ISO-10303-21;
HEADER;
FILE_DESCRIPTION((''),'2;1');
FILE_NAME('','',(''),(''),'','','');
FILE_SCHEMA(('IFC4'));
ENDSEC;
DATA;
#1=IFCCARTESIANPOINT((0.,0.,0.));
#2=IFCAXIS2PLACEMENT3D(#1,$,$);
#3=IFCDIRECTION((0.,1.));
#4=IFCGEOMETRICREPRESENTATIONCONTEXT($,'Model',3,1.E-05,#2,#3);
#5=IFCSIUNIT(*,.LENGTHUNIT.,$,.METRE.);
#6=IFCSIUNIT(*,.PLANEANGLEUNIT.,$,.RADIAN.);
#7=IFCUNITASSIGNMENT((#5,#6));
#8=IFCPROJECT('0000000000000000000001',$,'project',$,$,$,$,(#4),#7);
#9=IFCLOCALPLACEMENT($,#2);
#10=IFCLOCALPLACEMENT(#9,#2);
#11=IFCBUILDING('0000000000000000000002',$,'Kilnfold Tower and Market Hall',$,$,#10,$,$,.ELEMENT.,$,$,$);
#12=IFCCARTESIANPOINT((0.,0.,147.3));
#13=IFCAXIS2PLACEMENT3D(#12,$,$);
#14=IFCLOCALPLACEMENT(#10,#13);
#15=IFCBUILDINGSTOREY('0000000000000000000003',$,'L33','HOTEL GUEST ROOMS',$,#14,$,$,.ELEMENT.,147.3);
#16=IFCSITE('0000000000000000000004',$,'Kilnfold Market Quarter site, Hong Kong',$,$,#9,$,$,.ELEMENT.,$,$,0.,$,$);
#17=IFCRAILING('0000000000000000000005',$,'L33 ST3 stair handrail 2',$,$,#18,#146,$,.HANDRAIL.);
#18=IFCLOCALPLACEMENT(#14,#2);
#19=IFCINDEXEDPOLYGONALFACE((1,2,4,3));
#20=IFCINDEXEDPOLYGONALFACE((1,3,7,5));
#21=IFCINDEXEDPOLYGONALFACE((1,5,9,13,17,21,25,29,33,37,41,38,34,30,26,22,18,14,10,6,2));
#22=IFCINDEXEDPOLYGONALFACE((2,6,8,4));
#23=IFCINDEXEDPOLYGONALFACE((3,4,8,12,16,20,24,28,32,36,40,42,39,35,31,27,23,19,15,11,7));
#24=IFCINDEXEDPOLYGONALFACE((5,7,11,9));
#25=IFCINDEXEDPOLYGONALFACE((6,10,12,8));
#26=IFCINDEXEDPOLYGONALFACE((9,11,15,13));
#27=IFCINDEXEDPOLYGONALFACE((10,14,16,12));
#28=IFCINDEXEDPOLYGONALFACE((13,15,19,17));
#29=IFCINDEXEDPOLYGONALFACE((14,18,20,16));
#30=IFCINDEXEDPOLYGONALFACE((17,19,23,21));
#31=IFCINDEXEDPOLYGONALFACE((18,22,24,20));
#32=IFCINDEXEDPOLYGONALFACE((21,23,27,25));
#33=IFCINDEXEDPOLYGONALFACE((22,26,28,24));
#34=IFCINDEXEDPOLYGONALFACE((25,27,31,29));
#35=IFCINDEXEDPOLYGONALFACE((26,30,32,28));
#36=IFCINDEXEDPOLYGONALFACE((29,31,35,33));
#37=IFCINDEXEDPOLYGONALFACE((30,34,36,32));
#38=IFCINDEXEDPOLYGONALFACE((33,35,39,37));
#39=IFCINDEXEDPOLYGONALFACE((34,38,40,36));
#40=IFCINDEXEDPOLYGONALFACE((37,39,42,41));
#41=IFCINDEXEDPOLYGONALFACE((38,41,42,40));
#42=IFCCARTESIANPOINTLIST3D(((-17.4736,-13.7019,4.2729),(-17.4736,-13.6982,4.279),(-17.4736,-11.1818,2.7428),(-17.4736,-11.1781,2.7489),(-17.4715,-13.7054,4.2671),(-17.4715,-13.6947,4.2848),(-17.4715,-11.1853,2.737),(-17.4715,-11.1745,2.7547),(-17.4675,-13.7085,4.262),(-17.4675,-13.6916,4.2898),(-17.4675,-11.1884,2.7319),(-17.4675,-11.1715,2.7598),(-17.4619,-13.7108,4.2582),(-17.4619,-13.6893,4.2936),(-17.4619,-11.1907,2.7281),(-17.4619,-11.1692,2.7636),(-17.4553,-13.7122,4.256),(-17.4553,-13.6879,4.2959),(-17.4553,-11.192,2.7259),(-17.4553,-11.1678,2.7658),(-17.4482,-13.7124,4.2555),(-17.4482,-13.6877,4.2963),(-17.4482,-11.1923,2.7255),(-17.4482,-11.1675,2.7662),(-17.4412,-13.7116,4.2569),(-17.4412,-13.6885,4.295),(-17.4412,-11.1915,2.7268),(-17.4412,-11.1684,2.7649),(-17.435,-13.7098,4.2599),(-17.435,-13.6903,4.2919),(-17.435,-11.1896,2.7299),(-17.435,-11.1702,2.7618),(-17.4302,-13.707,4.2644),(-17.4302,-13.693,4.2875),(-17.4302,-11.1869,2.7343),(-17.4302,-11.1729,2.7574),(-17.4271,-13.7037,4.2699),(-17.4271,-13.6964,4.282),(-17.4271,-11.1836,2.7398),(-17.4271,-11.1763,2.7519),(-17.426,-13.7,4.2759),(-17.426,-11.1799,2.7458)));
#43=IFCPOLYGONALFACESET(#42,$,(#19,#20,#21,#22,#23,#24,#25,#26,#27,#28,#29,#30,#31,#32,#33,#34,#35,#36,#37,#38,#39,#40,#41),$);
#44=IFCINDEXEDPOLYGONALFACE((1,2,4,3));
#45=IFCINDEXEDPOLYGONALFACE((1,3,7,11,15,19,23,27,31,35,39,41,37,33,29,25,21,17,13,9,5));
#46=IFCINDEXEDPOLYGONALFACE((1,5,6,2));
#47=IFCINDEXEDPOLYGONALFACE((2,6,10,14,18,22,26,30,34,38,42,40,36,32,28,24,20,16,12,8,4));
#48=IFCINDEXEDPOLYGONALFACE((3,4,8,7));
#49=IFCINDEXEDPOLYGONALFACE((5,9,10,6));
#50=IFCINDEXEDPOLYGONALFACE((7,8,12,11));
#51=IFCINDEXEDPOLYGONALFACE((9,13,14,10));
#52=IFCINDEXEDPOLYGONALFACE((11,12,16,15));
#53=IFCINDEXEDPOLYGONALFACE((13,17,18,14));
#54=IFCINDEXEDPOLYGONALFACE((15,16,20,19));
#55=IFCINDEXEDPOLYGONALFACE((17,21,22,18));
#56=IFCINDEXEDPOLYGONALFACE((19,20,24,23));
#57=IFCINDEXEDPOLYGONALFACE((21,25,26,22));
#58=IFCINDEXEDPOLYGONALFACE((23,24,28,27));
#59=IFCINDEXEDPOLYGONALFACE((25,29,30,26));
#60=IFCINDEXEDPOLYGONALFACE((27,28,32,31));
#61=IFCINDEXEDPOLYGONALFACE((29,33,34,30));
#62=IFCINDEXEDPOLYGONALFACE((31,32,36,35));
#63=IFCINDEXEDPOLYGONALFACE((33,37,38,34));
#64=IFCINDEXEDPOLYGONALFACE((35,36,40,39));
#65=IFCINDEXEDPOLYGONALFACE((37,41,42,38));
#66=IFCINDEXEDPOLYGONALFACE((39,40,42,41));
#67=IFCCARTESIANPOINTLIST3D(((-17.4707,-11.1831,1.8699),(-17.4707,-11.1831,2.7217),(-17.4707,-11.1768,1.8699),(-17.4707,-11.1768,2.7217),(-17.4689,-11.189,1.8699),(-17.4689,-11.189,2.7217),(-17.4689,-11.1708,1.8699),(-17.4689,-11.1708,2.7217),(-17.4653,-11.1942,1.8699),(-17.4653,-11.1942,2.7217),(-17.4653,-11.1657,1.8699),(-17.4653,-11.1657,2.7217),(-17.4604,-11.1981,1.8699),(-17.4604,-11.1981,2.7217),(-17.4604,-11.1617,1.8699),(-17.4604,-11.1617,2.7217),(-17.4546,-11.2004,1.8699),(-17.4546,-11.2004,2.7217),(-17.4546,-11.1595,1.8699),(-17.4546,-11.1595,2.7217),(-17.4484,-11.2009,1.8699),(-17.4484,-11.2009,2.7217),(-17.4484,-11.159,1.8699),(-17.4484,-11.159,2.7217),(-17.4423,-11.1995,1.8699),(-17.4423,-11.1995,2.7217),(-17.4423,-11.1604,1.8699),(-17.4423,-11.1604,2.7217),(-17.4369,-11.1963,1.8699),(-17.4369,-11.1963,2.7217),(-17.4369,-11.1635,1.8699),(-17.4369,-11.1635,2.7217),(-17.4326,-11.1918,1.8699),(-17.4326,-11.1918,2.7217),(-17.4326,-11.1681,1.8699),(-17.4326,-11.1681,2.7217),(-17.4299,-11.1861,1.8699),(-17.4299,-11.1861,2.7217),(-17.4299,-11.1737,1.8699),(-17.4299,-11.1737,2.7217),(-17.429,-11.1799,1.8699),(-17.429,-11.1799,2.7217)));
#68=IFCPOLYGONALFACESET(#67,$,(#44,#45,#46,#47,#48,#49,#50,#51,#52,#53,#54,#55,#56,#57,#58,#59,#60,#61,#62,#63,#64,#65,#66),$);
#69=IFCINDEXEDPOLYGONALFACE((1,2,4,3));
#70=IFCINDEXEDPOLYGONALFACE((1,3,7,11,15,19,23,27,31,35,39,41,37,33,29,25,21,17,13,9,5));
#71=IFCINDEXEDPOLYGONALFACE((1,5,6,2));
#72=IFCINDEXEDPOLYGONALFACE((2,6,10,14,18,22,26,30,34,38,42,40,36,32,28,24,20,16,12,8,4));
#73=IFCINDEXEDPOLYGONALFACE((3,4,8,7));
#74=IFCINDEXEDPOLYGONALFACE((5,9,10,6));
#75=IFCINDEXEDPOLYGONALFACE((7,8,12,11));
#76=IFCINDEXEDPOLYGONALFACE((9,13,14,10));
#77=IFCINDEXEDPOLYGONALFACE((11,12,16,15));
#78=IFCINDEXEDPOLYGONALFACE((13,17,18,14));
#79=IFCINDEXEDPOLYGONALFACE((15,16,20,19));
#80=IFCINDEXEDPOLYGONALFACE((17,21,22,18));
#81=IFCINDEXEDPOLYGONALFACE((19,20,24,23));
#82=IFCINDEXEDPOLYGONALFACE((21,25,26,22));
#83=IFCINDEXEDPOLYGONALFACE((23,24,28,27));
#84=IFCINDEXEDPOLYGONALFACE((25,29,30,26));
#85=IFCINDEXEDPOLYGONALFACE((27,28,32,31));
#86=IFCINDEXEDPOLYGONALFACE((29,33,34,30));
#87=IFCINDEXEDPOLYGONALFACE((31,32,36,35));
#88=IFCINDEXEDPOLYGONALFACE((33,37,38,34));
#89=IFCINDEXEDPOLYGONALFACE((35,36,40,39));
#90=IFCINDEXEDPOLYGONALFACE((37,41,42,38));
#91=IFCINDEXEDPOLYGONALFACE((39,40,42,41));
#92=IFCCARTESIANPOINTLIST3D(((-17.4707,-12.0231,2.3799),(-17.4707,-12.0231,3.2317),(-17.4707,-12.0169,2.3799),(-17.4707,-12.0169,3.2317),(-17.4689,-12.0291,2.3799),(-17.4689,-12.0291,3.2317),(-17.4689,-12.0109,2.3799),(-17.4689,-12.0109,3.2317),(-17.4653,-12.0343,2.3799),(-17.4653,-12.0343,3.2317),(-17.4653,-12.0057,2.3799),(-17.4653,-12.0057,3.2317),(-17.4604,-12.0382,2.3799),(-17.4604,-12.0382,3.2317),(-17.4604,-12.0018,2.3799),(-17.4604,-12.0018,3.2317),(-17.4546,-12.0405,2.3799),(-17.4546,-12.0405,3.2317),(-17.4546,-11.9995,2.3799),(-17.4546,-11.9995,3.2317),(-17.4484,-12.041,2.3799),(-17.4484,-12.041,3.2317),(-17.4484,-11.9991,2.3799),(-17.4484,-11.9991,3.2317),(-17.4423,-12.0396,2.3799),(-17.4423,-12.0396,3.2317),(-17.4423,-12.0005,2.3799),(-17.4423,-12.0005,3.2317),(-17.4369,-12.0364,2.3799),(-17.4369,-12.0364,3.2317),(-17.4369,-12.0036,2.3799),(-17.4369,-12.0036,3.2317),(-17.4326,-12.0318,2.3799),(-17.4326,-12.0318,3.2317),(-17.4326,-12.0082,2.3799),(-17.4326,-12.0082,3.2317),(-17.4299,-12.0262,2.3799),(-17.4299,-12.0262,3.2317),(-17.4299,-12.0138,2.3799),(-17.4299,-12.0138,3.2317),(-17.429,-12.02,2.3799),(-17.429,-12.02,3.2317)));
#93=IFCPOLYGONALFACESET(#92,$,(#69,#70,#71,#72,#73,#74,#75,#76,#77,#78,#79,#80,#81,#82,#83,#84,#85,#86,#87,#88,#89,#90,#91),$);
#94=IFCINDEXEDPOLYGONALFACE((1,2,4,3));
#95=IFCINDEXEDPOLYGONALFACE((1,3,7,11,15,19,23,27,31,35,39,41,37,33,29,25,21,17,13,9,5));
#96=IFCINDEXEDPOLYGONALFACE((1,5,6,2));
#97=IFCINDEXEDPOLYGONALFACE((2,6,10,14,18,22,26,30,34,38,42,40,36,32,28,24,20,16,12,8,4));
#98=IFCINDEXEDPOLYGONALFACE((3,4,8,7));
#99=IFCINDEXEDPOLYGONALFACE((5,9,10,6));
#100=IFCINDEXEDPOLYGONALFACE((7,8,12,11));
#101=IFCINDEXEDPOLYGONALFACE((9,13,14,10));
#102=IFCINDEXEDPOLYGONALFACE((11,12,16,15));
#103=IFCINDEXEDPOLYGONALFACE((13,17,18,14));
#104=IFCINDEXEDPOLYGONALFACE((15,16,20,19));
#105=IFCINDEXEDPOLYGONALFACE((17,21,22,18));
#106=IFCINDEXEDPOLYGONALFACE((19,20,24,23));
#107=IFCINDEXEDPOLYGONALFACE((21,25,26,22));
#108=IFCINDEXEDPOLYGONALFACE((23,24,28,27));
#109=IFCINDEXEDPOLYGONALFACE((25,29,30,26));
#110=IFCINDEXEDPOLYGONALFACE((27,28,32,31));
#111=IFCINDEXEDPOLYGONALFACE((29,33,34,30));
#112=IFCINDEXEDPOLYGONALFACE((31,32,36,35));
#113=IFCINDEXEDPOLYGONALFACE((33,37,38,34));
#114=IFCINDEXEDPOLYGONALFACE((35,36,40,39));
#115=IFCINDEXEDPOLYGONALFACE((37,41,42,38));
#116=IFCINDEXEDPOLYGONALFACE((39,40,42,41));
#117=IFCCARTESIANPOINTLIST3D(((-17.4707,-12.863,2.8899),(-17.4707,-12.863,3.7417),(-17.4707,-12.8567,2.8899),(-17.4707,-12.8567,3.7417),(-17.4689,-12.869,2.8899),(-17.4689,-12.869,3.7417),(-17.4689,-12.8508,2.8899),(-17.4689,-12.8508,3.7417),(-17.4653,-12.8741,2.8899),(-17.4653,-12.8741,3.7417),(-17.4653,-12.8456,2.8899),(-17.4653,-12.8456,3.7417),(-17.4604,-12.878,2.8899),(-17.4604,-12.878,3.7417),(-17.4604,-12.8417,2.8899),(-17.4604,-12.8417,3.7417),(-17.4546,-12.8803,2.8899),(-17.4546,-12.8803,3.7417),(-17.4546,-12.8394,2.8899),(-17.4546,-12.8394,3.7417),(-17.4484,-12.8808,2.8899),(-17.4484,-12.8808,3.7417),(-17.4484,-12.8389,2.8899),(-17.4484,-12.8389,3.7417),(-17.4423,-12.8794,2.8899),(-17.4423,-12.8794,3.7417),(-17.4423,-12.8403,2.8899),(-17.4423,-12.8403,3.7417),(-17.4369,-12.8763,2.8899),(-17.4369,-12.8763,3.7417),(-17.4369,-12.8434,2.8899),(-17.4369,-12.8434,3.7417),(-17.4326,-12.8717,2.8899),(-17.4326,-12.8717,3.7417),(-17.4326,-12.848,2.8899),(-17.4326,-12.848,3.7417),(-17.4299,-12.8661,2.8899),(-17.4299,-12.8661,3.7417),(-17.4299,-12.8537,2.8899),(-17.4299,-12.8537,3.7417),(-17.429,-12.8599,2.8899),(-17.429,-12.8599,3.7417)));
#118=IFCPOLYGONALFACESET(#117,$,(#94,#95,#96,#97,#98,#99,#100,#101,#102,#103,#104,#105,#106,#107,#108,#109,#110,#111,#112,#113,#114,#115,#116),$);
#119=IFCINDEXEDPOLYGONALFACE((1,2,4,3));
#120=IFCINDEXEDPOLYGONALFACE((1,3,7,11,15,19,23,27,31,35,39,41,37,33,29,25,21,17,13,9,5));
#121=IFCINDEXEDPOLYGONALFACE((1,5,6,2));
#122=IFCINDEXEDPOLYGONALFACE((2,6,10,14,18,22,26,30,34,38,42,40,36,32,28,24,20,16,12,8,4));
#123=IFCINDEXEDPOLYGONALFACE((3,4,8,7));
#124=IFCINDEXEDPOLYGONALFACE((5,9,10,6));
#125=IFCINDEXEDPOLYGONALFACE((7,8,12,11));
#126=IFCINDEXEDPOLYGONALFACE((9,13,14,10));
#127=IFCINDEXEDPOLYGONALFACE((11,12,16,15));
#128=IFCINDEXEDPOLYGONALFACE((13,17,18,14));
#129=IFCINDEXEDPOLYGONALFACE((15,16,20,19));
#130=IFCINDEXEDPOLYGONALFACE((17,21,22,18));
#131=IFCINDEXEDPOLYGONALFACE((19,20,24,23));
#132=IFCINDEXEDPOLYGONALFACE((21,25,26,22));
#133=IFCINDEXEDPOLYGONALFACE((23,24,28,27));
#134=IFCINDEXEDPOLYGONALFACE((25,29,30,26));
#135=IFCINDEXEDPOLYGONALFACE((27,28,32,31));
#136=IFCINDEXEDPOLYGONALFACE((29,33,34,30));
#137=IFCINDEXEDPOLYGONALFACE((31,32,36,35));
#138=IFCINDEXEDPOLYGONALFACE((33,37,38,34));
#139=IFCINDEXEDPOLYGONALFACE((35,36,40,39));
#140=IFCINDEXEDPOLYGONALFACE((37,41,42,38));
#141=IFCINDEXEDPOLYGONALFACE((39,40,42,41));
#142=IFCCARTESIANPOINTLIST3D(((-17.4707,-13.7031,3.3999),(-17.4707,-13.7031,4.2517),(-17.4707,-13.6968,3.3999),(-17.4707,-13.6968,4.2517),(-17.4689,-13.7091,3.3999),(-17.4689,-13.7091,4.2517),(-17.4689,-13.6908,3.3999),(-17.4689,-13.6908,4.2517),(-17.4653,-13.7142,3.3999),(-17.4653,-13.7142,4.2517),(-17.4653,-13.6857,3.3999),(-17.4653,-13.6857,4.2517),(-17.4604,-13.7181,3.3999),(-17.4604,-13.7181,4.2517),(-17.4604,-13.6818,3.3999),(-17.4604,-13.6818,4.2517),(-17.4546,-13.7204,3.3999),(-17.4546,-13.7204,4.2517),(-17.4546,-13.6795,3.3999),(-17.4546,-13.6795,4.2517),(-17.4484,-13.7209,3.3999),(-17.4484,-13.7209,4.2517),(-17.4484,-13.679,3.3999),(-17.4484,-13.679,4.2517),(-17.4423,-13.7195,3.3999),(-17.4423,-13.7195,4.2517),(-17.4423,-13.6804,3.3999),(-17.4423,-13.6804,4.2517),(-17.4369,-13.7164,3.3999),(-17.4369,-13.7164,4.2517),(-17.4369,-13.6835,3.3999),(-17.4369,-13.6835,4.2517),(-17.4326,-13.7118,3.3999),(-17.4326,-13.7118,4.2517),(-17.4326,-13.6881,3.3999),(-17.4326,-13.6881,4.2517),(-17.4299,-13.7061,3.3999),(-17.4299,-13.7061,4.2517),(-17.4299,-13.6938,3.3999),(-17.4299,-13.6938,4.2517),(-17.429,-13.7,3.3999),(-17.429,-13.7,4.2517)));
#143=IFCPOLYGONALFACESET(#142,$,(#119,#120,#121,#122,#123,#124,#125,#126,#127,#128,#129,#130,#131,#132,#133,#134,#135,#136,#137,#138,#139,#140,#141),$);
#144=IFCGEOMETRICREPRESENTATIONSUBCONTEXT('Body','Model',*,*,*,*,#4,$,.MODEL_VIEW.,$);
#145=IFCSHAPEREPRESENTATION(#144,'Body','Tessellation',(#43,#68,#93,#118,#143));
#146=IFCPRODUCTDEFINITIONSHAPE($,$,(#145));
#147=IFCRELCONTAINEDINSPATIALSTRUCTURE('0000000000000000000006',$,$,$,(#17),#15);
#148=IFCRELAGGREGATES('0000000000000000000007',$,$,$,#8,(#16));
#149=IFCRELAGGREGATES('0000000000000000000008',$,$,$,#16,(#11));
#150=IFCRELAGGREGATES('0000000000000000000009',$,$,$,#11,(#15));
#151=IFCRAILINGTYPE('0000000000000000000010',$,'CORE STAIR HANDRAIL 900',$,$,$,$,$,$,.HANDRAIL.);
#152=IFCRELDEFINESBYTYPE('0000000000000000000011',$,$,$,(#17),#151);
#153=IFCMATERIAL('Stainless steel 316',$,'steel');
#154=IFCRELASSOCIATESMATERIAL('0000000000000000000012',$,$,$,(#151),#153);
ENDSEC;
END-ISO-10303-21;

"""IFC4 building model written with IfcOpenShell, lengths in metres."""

from ifc_helpers import new_model, si_unit, direction, frame, origin, origin_2d, place, context, subcontext, project, spatial, circle, extrude, material, type_object, element, save


model = new_model("IFC4")

# Units and contexts
model_context = context("Model", 3, precision=1e-05, world=origin(), true_north=direction((0.0, 1.0)))
body_context = subcontext(model_context, "Body", "Model", "MODEL_VIEW")
ifc_project = project(units=[si_unit("LENGTHUNIT", "METRE"), si_unit("PLANEANGLEUNIT", "RADIAN")], contexts=[model_context])

# Site, building, storey
site_placement = place(None, origin())
site = spatial("IfcSite", under=ifc_project, at=site_placement, Name="Kilnfold Market Quarter site, Hong Kong", CompositionType="ELEMENT", RefElevation=0.0)
building_placement = place(site_placement, origin())
building = spatial("IfcBuilding", under=site, at=building_placement, Name="Kilnfold Tower and Market Hall", CompositionType="ELEMENT")
storey_placement = place(building_placement, frame((0.0, 0.0, 147.3)))
storey = spatial("IfcBuildingStorey", under=building, at=storey_placement, Name="L33", Description="HOTEL GUEST ROOMS", CompositionType="ELEMENT", Elevation=147.3)

# Railing
ifc_material_1 = material(Name="Stainless steel 316", Category="steel")
railing_type_1 = type_object("IfcRailingType", Name="CORE STAIR HANDRAIL 900", PredefinedType="HANDRAIL", material=ifc_material_1)
railing_1_placement = place(storey_placement, frame((-17.45, -11.1799, 1.8699)))
element("IfcRailing", 1, at=railing_1_placement, inside=storey, type_object=railing_type_1, Name="L33 ST3 stair handrail 2", PredefinedType="HANDRAIL", context=body_context, shape_type="SweptSolid", body=[
    extrude(circle(Radius=0.0239, at=origin_2d()), frame((0.0, 0.0, 0.876), z_axis=(0.0, -0.854785, 0.518982), x_axis=(1.0, 0.0, 0.0)), (0.0, 0.0, 1.0), 2.9482),
    extrude(circle(Radius=0.021, at=origin_2d()), origin(), (0.0, 0.0, 1.0), 0.8518),
    extrude(circle(Radius=0.021, at=origin_2d()), frame((0.0, -0.8401, 0.51)), (0.0, 0.0, 1.0), 0.8518),
    extrude(circle(Radius=0.021, at=origin_2d()), frame((0.0, -1.6799, 1.02)), (0.0, 0.0, 1.0), 0.8518),
    extrude(circle(Radius=0.021, at=origin_2d()), frame((0.0, -2.52, 1.53)), (0.0, 0.0, 1.0), 0.8518),
])

save(model, "model.ifc")
